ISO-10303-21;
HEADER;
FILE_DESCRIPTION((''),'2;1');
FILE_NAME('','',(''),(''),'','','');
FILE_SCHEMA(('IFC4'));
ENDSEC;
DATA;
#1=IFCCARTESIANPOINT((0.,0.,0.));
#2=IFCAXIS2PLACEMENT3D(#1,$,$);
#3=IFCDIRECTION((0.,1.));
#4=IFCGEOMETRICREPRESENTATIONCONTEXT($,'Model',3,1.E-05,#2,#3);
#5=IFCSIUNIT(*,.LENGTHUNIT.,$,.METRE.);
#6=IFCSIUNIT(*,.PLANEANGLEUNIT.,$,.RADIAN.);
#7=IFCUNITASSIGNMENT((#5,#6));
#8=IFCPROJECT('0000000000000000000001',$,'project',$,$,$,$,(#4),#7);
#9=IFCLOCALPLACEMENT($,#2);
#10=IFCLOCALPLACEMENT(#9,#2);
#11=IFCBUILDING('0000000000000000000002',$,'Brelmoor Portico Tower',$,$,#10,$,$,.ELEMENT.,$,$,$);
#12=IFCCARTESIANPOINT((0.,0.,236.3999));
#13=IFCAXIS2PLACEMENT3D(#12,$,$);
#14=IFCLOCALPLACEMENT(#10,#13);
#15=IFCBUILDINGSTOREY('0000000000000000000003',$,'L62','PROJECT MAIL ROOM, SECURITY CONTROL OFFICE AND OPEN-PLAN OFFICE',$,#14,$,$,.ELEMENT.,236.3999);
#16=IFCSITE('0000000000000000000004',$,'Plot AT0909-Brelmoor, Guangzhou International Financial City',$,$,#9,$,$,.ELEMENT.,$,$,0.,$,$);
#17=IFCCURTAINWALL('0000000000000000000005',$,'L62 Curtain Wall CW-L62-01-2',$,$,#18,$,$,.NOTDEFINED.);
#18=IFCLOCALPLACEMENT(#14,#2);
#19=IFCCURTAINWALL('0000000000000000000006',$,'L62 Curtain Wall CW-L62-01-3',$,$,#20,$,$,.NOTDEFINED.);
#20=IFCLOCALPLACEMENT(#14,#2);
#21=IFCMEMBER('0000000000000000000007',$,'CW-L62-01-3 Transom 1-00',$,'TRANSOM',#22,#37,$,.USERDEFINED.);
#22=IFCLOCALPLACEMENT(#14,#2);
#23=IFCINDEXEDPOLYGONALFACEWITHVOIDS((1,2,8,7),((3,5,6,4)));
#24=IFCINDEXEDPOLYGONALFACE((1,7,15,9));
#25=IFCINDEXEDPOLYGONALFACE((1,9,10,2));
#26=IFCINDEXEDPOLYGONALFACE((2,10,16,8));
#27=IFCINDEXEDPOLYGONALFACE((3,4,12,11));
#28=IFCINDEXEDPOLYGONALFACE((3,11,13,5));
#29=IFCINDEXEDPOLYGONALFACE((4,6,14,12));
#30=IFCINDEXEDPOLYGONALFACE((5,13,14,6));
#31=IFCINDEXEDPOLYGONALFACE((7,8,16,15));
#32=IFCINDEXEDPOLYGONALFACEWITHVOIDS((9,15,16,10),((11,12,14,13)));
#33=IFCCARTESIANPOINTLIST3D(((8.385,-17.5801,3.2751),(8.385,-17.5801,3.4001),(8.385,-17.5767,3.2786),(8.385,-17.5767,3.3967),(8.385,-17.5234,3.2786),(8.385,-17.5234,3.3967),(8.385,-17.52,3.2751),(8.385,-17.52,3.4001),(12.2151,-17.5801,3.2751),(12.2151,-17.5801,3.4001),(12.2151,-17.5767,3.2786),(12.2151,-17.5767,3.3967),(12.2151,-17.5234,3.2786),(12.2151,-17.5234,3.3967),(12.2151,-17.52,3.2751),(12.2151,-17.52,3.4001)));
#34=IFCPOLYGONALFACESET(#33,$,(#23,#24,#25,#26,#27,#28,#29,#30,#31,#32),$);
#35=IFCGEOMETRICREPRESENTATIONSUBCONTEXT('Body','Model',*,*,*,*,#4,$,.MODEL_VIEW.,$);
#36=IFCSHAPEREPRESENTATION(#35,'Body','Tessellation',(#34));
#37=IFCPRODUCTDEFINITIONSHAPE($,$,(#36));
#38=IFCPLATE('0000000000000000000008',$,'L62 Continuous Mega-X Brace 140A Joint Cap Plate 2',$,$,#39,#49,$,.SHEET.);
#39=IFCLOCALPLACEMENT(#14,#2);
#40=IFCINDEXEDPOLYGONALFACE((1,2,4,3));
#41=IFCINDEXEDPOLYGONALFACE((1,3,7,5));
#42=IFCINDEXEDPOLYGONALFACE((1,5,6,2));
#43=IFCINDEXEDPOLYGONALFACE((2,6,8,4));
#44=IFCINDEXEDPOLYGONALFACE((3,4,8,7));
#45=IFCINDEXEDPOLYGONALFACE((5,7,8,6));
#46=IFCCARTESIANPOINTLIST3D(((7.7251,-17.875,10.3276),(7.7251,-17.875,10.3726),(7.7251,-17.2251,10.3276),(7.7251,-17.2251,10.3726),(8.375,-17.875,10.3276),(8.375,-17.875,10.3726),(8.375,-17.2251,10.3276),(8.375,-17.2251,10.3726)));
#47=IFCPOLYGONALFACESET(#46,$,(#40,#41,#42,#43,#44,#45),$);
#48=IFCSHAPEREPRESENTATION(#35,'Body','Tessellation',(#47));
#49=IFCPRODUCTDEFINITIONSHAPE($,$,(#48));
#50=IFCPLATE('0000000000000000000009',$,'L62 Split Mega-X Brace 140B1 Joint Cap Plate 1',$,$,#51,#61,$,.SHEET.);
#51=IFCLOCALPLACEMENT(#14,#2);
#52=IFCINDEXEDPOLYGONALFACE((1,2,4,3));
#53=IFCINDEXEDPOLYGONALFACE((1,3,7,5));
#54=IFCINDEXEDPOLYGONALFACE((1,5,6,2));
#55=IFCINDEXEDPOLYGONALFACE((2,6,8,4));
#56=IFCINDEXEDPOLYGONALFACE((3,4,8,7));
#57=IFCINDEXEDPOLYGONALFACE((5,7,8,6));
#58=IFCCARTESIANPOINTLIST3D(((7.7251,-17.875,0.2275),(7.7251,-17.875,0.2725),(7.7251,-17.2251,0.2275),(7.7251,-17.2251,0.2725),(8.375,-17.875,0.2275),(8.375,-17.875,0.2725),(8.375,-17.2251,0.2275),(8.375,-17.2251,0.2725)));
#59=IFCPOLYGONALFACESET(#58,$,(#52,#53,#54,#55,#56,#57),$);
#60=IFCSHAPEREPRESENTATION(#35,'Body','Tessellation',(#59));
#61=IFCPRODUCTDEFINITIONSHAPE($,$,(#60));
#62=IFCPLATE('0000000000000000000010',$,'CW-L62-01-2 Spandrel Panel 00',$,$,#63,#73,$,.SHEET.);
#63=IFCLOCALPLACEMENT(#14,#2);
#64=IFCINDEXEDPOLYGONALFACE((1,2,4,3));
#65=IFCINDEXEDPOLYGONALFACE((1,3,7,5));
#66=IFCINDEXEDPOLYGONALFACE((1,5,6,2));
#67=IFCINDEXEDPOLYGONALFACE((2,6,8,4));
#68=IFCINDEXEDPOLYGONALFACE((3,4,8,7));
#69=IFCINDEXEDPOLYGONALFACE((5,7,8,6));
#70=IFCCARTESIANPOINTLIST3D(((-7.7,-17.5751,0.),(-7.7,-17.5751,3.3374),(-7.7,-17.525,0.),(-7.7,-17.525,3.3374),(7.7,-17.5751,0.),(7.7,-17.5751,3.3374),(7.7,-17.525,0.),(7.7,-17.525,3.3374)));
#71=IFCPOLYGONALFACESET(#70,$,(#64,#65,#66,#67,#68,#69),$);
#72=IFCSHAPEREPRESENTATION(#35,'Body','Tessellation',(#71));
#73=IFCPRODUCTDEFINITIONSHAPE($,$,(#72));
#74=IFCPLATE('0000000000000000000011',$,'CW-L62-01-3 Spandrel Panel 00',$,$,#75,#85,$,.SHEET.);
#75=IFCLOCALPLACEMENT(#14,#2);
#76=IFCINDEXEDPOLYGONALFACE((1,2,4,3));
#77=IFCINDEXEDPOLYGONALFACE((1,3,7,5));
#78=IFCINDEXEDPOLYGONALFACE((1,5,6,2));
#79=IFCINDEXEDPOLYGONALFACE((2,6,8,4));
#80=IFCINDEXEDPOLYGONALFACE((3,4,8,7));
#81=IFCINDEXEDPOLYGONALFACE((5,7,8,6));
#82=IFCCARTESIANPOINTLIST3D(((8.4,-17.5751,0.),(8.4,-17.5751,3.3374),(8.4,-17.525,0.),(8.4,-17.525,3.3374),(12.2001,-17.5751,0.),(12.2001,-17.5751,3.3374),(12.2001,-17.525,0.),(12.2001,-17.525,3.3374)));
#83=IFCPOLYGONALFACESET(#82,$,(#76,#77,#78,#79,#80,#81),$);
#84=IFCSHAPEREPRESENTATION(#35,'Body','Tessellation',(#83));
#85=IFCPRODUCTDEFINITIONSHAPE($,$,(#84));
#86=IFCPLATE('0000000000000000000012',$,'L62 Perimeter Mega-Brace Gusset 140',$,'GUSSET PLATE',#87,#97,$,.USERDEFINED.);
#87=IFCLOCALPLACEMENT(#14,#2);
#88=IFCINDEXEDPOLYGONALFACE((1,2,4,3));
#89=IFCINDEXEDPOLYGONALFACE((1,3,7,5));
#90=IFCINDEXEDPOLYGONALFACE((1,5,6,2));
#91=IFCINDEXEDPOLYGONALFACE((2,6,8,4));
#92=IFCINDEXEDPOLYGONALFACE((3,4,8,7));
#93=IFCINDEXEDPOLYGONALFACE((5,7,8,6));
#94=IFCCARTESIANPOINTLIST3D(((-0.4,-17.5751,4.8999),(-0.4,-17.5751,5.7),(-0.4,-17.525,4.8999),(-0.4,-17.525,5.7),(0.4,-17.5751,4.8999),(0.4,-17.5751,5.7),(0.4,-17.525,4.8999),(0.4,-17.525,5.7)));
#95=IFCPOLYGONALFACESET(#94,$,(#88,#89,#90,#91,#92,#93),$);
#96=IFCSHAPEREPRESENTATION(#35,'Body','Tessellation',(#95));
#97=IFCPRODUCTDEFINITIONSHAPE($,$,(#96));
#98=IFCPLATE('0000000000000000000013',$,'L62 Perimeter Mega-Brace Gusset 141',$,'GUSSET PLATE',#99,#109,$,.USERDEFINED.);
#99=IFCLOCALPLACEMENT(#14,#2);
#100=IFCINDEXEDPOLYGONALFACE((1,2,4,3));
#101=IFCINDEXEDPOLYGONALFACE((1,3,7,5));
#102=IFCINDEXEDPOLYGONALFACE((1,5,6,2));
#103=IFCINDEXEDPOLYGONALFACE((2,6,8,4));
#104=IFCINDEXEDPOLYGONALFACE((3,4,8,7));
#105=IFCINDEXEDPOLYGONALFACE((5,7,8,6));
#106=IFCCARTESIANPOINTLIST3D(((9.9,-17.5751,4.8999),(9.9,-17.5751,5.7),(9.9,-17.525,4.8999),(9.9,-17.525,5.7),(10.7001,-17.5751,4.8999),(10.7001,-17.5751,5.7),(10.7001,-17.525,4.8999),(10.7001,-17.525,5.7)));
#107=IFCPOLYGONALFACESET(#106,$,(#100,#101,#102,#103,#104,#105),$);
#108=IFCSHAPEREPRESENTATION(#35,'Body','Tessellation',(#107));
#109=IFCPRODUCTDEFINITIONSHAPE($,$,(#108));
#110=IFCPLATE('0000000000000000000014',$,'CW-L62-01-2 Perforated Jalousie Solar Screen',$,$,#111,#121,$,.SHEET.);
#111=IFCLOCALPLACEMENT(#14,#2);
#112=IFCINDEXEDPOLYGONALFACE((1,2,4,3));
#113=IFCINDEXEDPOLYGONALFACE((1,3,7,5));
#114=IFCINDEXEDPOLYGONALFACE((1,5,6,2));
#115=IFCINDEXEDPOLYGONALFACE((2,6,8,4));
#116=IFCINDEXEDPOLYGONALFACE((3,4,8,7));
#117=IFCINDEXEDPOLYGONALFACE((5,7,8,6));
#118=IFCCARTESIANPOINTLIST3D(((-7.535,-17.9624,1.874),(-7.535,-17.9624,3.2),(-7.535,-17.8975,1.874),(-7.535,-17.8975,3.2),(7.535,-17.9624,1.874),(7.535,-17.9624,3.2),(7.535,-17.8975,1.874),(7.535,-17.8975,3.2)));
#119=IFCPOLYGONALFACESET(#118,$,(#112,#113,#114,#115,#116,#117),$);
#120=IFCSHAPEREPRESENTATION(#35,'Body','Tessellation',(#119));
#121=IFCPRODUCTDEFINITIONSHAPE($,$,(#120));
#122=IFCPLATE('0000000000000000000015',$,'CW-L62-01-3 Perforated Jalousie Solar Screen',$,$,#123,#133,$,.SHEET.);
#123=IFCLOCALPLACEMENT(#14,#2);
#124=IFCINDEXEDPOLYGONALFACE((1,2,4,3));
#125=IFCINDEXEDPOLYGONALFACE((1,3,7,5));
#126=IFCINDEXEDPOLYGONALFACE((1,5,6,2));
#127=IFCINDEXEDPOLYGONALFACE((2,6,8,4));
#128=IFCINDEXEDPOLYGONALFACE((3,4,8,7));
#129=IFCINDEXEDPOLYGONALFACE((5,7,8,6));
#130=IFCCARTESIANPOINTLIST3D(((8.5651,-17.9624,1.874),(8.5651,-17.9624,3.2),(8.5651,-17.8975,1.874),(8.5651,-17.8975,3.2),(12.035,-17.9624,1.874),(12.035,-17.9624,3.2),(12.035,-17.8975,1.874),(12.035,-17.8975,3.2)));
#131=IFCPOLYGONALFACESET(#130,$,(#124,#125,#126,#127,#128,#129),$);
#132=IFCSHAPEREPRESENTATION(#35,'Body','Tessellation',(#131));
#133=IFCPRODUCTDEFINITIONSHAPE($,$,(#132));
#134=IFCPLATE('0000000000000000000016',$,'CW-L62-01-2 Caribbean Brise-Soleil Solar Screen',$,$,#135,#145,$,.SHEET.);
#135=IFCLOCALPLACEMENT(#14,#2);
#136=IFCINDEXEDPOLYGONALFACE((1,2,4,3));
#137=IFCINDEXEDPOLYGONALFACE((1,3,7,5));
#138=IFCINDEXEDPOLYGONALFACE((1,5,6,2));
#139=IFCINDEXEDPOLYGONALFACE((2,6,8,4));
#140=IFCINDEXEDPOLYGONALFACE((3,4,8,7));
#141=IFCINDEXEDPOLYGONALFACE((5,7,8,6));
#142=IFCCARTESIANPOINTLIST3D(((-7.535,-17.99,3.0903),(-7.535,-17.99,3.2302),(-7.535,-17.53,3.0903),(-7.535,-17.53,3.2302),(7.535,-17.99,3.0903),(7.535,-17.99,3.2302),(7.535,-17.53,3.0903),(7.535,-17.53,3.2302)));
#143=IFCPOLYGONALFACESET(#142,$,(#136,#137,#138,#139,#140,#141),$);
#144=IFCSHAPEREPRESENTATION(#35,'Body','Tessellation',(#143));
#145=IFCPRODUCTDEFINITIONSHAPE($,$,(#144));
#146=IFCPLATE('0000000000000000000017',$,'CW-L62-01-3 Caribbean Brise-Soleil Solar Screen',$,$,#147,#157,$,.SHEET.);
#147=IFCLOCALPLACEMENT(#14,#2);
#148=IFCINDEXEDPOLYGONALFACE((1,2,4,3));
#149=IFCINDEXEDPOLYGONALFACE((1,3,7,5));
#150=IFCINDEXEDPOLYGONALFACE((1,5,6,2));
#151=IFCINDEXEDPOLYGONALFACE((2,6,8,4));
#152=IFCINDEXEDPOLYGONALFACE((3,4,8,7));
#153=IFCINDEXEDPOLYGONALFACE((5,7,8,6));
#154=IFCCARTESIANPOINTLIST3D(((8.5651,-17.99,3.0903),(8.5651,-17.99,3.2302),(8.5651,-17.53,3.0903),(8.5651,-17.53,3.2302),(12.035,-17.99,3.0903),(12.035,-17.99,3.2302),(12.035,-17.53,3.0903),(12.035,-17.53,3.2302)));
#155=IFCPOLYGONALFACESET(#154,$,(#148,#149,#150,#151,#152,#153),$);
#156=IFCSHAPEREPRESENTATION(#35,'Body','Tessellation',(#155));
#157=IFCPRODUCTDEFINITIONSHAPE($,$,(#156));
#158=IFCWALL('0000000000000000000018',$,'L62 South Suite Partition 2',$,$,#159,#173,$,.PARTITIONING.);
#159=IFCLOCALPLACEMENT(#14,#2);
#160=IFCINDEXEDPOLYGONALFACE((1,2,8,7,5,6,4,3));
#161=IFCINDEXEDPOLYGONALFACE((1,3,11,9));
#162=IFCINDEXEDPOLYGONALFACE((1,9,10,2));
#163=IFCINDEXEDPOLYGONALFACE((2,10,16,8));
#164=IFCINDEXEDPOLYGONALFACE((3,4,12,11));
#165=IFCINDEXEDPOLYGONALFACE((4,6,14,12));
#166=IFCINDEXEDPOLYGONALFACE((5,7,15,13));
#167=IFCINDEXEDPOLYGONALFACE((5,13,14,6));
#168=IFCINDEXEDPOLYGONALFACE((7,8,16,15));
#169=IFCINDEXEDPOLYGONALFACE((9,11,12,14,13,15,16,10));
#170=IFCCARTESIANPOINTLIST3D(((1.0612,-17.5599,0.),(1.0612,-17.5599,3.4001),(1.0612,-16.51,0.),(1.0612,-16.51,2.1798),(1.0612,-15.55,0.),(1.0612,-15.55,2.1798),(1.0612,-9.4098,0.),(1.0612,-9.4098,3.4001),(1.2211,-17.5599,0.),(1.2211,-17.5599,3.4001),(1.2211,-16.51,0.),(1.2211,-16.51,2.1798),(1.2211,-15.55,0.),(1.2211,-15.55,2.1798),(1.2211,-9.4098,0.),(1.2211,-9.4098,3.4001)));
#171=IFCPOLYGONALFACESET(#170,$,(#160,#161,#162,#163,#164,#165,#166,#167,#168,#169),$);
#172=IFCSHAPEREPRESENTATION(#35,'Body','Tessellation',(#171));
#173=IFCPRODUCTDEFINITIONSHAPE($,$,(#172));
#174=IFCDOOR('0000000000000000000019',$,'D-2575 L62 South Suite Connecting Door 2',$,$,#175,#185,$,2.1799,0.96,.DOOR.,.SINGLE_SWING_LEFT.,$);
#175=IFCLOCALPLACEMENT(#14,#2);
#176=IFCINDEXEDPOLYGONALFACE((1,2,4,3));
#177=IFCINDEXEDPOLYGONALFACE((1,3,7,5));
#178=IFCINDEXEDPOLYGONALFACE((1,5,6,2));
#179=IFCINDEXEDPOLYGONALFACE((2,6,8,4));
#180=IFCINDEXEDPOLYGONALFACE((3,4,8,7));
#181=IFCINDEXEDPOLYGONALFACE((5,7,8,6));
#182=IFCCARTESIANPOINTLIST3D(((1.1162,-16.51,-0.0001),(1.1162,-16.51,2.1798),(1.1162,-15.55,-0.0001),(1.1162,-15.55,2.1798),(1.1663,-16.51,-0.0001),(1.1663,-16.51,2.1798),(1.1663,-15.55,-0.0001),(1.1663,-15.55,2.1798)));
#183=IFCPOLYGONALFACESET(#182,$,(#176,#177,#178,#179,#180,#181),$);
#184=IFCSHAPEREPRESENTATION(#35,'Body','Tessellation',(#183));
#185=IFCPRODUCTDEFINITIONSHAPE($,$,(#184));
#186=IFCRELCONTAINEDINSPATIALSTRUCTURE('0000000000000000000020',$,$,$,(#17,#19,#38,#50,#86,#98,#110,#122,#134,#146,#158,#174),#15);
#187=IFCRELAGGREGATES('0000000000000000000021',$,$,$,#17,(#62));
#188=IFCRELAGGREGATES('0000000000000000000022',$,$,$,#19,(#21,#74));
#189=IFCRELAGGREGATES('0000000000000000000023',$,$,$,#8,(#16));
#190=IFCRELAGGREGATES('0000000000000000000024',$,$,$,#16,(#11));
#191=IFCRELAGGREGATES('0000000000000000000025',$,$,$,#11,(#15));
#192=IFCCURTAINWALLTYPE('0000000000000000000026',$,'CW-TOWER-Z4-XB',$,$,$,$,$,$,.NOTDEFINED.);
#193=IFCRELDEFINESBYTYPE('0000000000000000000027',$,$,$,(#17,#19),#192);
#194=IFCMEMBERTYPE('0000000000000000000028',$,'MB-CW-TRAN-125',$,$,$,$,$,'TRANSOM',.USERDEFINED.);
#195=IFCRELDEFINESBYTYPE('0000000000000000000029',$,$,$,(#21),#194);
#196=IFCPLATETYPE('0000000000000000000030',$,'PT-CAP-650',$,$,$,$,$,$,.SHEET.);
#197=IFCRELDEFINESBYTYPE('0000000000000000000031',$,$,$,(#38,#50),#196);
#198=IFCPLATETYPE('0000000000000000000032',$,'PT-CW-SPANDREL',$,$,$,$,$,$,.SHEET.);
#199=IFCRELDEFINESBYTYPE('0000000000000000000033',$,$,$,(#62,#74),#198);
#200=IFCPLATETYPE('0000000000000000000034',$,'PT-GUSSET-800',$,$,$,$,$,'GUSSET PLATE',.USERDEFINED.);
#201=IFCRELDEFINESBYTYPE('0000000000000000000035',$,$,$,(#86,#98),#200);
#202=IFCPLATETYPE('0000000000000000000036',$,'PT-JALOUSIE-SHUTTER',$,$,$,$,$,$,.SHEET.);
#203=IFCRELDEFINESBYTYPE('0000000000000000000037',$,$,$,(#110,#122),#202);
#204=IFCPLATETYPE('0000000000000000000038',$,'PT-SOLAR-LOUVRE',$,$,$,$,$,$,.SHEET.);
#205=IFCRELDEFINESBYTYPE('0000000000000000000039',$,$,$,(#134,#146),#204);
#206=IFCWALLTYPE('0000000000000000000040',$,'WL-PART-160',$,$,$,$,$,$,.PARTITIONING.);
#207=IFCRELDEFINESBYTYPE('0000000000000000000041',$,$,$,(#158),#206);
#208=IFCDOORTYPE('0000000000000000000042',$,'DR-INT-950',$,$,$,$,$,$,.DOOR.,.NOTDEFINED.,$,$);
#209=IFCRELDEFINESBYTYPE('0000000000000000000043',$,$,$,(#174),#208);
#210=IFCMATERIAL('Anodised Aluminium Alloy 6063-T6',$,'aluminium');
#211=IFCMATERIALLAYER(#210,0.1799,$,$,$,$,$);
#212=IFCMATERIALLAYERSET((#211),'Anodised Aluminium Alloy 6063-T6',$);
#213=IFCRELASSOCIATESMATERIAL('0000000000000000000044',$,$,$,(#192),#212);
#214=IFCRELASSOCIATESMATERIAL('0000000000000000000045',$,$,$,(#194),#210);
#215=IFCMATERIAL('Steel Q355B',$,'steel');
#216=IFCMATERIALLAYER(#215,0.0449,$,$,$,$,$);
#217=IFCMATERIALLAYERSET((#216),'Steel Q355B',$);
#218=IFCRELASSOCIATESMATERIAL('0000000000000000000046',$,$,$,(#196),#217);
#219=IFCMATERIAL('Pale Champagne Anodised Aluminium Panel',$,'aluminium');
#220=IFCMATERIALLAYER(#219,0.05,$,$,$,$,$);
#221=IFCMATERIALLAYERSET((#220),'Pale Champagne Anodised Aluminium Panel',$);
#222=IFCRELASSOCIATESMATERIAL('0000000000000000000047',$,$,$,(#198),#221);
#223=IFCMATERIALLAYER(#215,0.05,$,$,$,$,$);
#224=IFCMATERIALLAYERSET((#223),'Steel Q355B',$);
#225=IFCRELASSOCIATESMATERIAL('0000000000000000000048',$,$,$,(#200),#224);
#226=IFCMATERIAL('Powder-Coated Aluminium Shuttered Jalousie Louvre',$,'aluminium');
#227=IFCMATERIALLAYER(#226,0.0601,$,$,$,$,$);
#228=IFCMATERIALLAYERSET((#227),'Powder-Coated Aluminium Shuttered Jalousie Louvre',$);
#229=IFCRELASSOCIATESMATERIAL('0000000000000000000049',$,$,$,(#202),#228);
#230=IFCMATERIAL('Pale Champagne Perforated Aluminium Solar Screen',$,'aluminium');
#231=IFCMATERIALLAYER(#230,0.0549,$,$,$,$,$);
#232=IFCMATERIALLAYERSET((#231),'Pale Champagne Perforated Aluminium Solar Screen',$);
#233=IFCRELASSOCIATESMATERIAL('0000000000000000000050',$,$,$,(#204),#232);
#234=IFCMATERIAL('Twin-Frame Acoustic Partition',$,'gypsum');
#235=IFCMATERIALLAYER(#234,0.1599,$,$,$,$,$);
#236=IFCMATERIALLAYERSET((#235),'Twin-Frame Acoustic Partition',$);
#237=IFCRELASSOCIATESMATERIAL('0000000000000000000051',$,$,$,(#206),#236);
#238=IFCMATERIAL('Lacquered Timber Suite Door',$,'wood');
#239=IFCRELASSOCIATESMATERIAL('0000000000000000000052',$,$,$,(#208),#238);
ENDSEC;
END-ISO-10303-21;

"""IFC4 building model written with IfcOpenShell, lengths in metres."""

from ifc_helpers import new_model, si_unit, direction, frame, frame_2d, origin, origin_2d, place, context, subcontext, project, spatial, rectangle, hollow_rectangle, extrude, material, layer, layer_set, material_profile, profile_set, type_object, element, fill, aggregate, save


model = new_model("IFC4")

# Units and contexts
model_context = context("Model", 3, precision=1e-05, world=origin(), true_north=direction((0.0, 1.0)))
body_context = subcontext(model_context, "Body", "Model", "MODEL_VIEW")
ifc_project = project(units=[si_unit("LENGTHUNIT", "METRE"), si_unit("PLANEANGLEUNIT", "RADIAN")], contexts=[model_context])

# Site, building, storey
site_placement = place(None, origin())
site = spatial("IfcSite", under=ifc_project, at=site_placement, Name="Plot AT0909-Brelmoor, Guangzhou International Financial City", CompositionType="ELEMENT", RefElevation=0.0)
building_placement = place(site_placement, origin())
building = spatial("IfcBuilding", under=site, at=building_placement, Name="Brelmoor Portico Tower", CompositionType="ELEMENT")
storey_placement = place(building_placement, frame((0.0, 0.0, 236.3999)))
storey = spatial("IfcBuildingStorey", under=building, at=storey_placement, Name="L62", Description="PROJECT MAIL ROOM, SECURITY CONTROL OFFICE AND OPEN-PLAN OFFICE", CompositionType="ELEMENT", Elevation=236.3999)

# Shared definitions
ifc_material_1 = material(Name="Steel Q355B", Category="steel")

# Curtain wall
ifc_material_2 = material(Name="Anodised Aluminium Alloy 6063-T6", Category="aluminium")
ifc_layer_1 = layer(ifc_material_2, 0.1799)
ifc_layer_set_1 = layer_set([ifc_layer_1], Name="Anodised Aluminium Alloy 6063-T6")
curtain_wall_type = type_object("IfcCurtainWallType", Name="CW-TOWER-Z4-XB", PredefinedType="NOTDEFINED", material=ifc_layer_set_1)
curtain_wall_1_placement = place(storey_placement, origin())
curtain_wall_1 = element("IfcCurtainWall", 1, at=curtain_wall_1_placement, inside=storey, type_object=curtain_wall_type, Name="L62 Curtain Wall CW-L62-01-2", PredefinedType="NOTDEFINED")

# Curtain wall, member
curtain_wall_2_placement = place(storey_placement, origin())
curtain_wall_2 = element("IfcCurtainWall", 2, at=curtain_wall_2_placement, inside=storey, type_object=curtain_wall_type, Name="L62 Curtain Wall CW-L62-01-3", PredefinedType="NOTDEFINED")
ifc_material_profile_1 = material_profile(ifc_material_2, hollow_rectangle(XDim=0.0601, YDim=0.125, WallThickness=0.0034, at=origin_2d()), Name="ALU TRANSOM 60x125")
ifc_profile_set_1 = profile_set([ifc_material_profile_1], Name="Anodised Aluminium Alloy 6063-T6")
member_type_1 = type_object("IfcMemberType", Name="MB-CW-TRAN-125", ElementType="TRANSOM", PredefinedType="USERDEFINED", material=ifc_profile_set_1)
member_1_placement = place(storey_placement, frame((8.385, -17.55, 3.3376), z_axis=(1.0, 0.0, 0.0), x_axis=(0.0, 1.0, 0.0)))
member_1 = element("IfcMember", 3, at=member_1_placement, type_object=member_type_1, Name="CW-L62-01-3 Transom 1-00", ObjectType="TRANSOM", PredefinedType="USERDEFINED", context=body_context, shape_type="SweptSolid", body=[
    extrude(hollow_rectangle(XDim=0.0601, YDim=0.125, WallThickness=0.0034, at=origin_2d()), origin(), (0.0, 0.0, 1.0), 3.8301),
])

# Plates
ifc_layer_2 = layer(ifc_material_1, 0.0449)
ifc_layer_set_2 = layer_set([ifc_layer_2], Name="Steel Q355B")
plate_type_1 = type_object("IfcPlateType", Name="PT-CAP-650", PredefinedType="SHEET", material=ifc_layer_set_2)
for number, where, z_axis, x_axis, name in (
    (4, (8.05, -17.55, 10.3276), (0.0, 0.0, 1.0), (1.0, 0.0, 0.0), "L62 Continuous Mega-X Brace 140A Joint Cap Plate 2"),
    (5, (8.05, -17.55, 0.2275), (0.0, 0.0, 1.0), (1.0, 0.0, 0.0), "L62 Split Mega-X Brace 140B1 Joint Cap Plate 1"),
):
    element("IfcPlate", number, at=place(storey_placement, frame(where, z_axis=z_axis, x_axis=x_axis)), inside=storey, type_object=plate_type_1, Name=name, PredefinedType="SHEET", context=body_context, shape_type="SweptSolid", body=[
        extrude(rectangle(XDim=0.6499, YDim=0.6499, at=origin_2d()), origin(), (0.0, 0.0, 1.0), 0.0449),
    ])

# Plates
ifc_material_3 = material(Name="Pale Champagne Anodised Aluminium Panel", Category="aluminium")
ifc_layer_3 = layer(ifc_material_3, 0.05)
ifc_layer_set_3 = layer_set([ifc_layer_3], Name="Pale Champagne Anodised Aluminium Panel")
plate_type_2 = type_object("IfcPlateType", Name="PT-CW-SPANDREL", PredefinedType="SHEET", material=ifc_layer_set_3)
plate_1_placement = place(storey_placement, frame((0.0, -17.55, 0.0), z_axis=(0.0, 0.0, 1.0), x_axis=(1.0, 0.0, 0.0)))
plate_1 = element("IfcPlate", 6, at=plate_1_placement, type_object=plate_type_2, Name="CW-L62-01-2 Spandrel Panel 00", PredefinedType="SHEET", context=body_context, shape_type="SweptSolid", body=[
    extrude(rectangle(XDim=15.3999, YDim=0.05, at=origin_2d()), origin(), (0.0, 0.0, 1.0), 3.3374),
])
aggregate(curtain_wall_1, [plate_1])
plate_2_placement = place(storey_placement, frame((10.3, -17.55, 0.0), z_axis=(0.0, 0.0, 1.0), x_axis=(1.0, 0.0, 0.0)))
plate_2 = element("IfcPlate", 7, at=plate_2_placement, type_object=plate_type_2, Name="CW-L62-01-3 Spandrel Panel 00", PredefinedType="SHEET", context=body_context, shape_type="SweptSolid", body=[
    extrude(rectangle(XDim=3.8, YDim=0.05, at=origin_2d()), origin(), (0.0, 0.0, 1.0), 3.3374),
])
aggregate(curtain_wall_2, [member_1, plate_2])

# Plates
ifc_layer_4 = layer(ifc_material_1, 0.05)
ifc_layer_set_4 = layer_set([ifc_layer_4], Name="Steel Q355B")
plate_type_3 = type_object("IfcPlateType", Name="PT-GUSSET-800", ElementType="GUSSET PLATE", PredefinedType="USERDEFINED", material=ifc_layer_set_4)
for number, where, z_axis, x_axis, name in (
    (8, (0.0, -17.55, 4.8999), (0.0, 0.0, 1.0), (1.0, 0.0, 0.0), "L62 Perimeter Mega-Brace Gusset 140"),
    (9, (10.3, -17.55, 4.8999), (0.0, 0.0, 1.0), (1.0, 0.0, 0.0), "L62 Perimeter Mega-Brace Gusset 141"),
):
    element("IfcPlate", number, at=place(storey_placement, frame(where, z_axis=z_axis, x_axis=x_axis)), inside=storey, type_object=plate_type_3, Name=name, ObjectType="GUSSET PLATE", PredefinedType="USERDEFINED", context=body_context, shape_type="SweptSolid", body=[
        extrude(rectangle(XDim=0.8, YDim=0.05, at=origin_2d()), origin(), (0.0, 0.0, 1.0), 0.8),
    ])
ifc_material_4 = material(Name="Powder-Coated Aluminium Shuttered Jalousie Louvre", Category="aluminium")
ifc_layer_5 = layer(ifc_material_4, 0.0601)
ifc_layer_set_5 = layer_set([ifc_layer_5], Name="Powder-Coated Aluminium Shuttered Jalousie Louvre")
plate_type_4 = type_object("IfcPlateType", Name="PT-JALOUSIE-SHUTTER", PredefinedType="SHEET", material=ifc_layer_set_5)
plate_3_placement = place(storey_placement, frame((0.0, -17.9299, 1.874), z_axis=(0.0, 0.0, 1.0), x_axis=(1.0, 0.0, 0.0)))
element("IfcPlate", 10, at=plate_3_placement, inside=storey, type_object=plate_type_4, Name="CW-L62-01-2 Perforated Jalousie Solar Screen", PredefinedType="SHEET", context=body_context, shape_type="SweptSolid", body=[
    extrude(rectangle(XDim=15.0701, YDim=0.0649, at=origin_2d()), origin(), (0.0, 0.0, 1.0), 1.3259),
])
plate_4_placement = place(storey_placement, frame((10.3, -17.9299, 1.874), z_axis=(0.0, 0.0, 1.0), x_axis=(1.0, 0.0, 0.0)))
element("IfcPlate", 11, at=plate_4_placement, inside=storey, type_object=plate_type_4, Name="CW-L62-01-3 Perforated Jalousie Solar Screen", PredefinedType="SHEET", context=body_context, shape_type="SweptSolid", body=[
    extrude(rectangle(XDim=3.47, YDim=0.0649, at=origin_2d()), origin(), (0.0, 0.0, 1.0), 1.3259),
])
ifc_material_5 = material(Name="Pale Champagne Perforated Aluminium Solar Screen", Category="aluminium")
ifc_layer_6 = layer(ifc_material_5, 0.0549)
ifc_layer_set_6 = layer_set([ifc_layer_6], Name="Pale Champagne Perforated Aluminium Solar Screen")
plate_type_5 = type_object("IfcPlateType", Name="PT-SOLAR-LOUVRE", PredefinedType="SHEET", material=ifc_layer_set_6)
plate_5_placement = place(storey_placement, frame((0.0, -17.76, 3.0903), z_axis=(0.0, 0.0, 1.0), x_axis=(1.0, 0.0, 0.0)))
element("IfcPlate", 12, at=plate_5_placement, inside=storey, type_object=plate_type_5, Name="CW-L62-01-2 Caribbean Brise-Soleil Solar Screen", PredefinedType="SHEET", context=body_context, shape_type="SweptSolid", body=[
    extrude(rectangle(XDim=15.0701, YDim=0.46, at=origin_2d()), origin(), (0.0, 0.0, 1.0), 0.1399),
])
plate_6_placement = place(storey_placement, frame((10.3, -17.76, 3.0903), z_axis=(0.0, 0.0, 1.0), x_axis=(1.0, 0.0, 0.0)))
element("IfcPlate", 13, at=plate_6_placement, inside=storey, type_object=plate_type_5, Name="CW-L62-01-3 Caribbean Brise-Soleil Solar Screen", PredefinedType="SHEET", context=body_context, shape_type="SweptSolid", body=[
    extrude(rectangle(XDim=3.47, YDim=0.46, at=origin_2d()), origin(), (0.0, 0.0, 1.0), 0.1399),
])

# Wall, opening, door
ifc_material_6 = material(Name="Twin-Frame Acoustic Partition", Category="gypsum")
ifc_layer_7 = layer(ifc_material_6, 0.1599)
ifc_layer_set_7 = layer_set([ifc_layer_7], Name="Twin-Frame Acoustic Partition")
wall_type = type_object("IfcWallType", Name="WL-PART-160", PredefinedType="PARTITIONING", material=ifc_layer_set_7)
wall_1_placement = place(storey_placement, frame((1.1411, -17.5601, 0.0), z_axis=(0.0, 0.0, 1.0), x_axis=(0.0, 1.0, 0.0)))
wall_1 = element("IfcWall", 14, at=wall_1_placement, inside=storey, type_object=wall_type, Name="L62 South Suite Partition 2", PredefinedType="PARTITIONING", context=body_context, shape_type="SweptSolid", body=[
    extrude(rectangle(XDim=8.1501, YDim=0.1599, at=frame_2d((4.0752, 0.0))), origin(), (0.0, 0.0, 1.0), 3.4001),
])
opening_1_placement = place(wall_1_placement, frame((1.05, 0.0, 0.0)))
opening_1 = element("IfcOpeningElement", 15, at=opening_1_placement, cuts=wall_1, PredefinedType="OPENING", context=body_context, shape_type="SweptSolid", body=[
    extrude(rectangle(XDim=0.96, YDim=2.1799, at=frame_2d((0.48, 1.0898))), frame((0.0, 0.0898, 0.0), z_axis=(0.0, -1.0, 0.0), x_axis=(1.0, 0.0, 0.0)), (0.0, 0.0, 1.0), 0.1799),
])
ifc_material_7 = material(Name="Lacquered Timber Suite Door", Category="wood")
door_type = type_object("IfcDoorType", Name="DR-INT-950", OperationType="NOTDEFINED", PredefinedType="DOOR", material=ifc_material_7)
door_1_placement = place(opening_1_placement, origin())
door_1 = element("IfcDoor", 16, at=door_1_placement, inside=storey, type_object=door_type, Name="D-2575 L62 South Suite Connecting Door 2", OperationType="SINGLE_SWING_LEFT", OverallHeight=2.1799, OverallWidth=0.96, PredefinedType="DOOR", context=body_context, shape_type="SweptSolid", body=[
    extrude(rectangle(XDim=0.96, YDim=2.1799, at=frame_2d((0.48, 1.0898))), frame((0.0, 0.0249, 0.0), z_axis=(0.0, -1.0, 0.0), x_axis=(1.0, 0.0, 0.0)), (0.0, 0.0, 1.0), 0.05),
])
fill(opening_1, door_1)

save(model, "model.ifc")
